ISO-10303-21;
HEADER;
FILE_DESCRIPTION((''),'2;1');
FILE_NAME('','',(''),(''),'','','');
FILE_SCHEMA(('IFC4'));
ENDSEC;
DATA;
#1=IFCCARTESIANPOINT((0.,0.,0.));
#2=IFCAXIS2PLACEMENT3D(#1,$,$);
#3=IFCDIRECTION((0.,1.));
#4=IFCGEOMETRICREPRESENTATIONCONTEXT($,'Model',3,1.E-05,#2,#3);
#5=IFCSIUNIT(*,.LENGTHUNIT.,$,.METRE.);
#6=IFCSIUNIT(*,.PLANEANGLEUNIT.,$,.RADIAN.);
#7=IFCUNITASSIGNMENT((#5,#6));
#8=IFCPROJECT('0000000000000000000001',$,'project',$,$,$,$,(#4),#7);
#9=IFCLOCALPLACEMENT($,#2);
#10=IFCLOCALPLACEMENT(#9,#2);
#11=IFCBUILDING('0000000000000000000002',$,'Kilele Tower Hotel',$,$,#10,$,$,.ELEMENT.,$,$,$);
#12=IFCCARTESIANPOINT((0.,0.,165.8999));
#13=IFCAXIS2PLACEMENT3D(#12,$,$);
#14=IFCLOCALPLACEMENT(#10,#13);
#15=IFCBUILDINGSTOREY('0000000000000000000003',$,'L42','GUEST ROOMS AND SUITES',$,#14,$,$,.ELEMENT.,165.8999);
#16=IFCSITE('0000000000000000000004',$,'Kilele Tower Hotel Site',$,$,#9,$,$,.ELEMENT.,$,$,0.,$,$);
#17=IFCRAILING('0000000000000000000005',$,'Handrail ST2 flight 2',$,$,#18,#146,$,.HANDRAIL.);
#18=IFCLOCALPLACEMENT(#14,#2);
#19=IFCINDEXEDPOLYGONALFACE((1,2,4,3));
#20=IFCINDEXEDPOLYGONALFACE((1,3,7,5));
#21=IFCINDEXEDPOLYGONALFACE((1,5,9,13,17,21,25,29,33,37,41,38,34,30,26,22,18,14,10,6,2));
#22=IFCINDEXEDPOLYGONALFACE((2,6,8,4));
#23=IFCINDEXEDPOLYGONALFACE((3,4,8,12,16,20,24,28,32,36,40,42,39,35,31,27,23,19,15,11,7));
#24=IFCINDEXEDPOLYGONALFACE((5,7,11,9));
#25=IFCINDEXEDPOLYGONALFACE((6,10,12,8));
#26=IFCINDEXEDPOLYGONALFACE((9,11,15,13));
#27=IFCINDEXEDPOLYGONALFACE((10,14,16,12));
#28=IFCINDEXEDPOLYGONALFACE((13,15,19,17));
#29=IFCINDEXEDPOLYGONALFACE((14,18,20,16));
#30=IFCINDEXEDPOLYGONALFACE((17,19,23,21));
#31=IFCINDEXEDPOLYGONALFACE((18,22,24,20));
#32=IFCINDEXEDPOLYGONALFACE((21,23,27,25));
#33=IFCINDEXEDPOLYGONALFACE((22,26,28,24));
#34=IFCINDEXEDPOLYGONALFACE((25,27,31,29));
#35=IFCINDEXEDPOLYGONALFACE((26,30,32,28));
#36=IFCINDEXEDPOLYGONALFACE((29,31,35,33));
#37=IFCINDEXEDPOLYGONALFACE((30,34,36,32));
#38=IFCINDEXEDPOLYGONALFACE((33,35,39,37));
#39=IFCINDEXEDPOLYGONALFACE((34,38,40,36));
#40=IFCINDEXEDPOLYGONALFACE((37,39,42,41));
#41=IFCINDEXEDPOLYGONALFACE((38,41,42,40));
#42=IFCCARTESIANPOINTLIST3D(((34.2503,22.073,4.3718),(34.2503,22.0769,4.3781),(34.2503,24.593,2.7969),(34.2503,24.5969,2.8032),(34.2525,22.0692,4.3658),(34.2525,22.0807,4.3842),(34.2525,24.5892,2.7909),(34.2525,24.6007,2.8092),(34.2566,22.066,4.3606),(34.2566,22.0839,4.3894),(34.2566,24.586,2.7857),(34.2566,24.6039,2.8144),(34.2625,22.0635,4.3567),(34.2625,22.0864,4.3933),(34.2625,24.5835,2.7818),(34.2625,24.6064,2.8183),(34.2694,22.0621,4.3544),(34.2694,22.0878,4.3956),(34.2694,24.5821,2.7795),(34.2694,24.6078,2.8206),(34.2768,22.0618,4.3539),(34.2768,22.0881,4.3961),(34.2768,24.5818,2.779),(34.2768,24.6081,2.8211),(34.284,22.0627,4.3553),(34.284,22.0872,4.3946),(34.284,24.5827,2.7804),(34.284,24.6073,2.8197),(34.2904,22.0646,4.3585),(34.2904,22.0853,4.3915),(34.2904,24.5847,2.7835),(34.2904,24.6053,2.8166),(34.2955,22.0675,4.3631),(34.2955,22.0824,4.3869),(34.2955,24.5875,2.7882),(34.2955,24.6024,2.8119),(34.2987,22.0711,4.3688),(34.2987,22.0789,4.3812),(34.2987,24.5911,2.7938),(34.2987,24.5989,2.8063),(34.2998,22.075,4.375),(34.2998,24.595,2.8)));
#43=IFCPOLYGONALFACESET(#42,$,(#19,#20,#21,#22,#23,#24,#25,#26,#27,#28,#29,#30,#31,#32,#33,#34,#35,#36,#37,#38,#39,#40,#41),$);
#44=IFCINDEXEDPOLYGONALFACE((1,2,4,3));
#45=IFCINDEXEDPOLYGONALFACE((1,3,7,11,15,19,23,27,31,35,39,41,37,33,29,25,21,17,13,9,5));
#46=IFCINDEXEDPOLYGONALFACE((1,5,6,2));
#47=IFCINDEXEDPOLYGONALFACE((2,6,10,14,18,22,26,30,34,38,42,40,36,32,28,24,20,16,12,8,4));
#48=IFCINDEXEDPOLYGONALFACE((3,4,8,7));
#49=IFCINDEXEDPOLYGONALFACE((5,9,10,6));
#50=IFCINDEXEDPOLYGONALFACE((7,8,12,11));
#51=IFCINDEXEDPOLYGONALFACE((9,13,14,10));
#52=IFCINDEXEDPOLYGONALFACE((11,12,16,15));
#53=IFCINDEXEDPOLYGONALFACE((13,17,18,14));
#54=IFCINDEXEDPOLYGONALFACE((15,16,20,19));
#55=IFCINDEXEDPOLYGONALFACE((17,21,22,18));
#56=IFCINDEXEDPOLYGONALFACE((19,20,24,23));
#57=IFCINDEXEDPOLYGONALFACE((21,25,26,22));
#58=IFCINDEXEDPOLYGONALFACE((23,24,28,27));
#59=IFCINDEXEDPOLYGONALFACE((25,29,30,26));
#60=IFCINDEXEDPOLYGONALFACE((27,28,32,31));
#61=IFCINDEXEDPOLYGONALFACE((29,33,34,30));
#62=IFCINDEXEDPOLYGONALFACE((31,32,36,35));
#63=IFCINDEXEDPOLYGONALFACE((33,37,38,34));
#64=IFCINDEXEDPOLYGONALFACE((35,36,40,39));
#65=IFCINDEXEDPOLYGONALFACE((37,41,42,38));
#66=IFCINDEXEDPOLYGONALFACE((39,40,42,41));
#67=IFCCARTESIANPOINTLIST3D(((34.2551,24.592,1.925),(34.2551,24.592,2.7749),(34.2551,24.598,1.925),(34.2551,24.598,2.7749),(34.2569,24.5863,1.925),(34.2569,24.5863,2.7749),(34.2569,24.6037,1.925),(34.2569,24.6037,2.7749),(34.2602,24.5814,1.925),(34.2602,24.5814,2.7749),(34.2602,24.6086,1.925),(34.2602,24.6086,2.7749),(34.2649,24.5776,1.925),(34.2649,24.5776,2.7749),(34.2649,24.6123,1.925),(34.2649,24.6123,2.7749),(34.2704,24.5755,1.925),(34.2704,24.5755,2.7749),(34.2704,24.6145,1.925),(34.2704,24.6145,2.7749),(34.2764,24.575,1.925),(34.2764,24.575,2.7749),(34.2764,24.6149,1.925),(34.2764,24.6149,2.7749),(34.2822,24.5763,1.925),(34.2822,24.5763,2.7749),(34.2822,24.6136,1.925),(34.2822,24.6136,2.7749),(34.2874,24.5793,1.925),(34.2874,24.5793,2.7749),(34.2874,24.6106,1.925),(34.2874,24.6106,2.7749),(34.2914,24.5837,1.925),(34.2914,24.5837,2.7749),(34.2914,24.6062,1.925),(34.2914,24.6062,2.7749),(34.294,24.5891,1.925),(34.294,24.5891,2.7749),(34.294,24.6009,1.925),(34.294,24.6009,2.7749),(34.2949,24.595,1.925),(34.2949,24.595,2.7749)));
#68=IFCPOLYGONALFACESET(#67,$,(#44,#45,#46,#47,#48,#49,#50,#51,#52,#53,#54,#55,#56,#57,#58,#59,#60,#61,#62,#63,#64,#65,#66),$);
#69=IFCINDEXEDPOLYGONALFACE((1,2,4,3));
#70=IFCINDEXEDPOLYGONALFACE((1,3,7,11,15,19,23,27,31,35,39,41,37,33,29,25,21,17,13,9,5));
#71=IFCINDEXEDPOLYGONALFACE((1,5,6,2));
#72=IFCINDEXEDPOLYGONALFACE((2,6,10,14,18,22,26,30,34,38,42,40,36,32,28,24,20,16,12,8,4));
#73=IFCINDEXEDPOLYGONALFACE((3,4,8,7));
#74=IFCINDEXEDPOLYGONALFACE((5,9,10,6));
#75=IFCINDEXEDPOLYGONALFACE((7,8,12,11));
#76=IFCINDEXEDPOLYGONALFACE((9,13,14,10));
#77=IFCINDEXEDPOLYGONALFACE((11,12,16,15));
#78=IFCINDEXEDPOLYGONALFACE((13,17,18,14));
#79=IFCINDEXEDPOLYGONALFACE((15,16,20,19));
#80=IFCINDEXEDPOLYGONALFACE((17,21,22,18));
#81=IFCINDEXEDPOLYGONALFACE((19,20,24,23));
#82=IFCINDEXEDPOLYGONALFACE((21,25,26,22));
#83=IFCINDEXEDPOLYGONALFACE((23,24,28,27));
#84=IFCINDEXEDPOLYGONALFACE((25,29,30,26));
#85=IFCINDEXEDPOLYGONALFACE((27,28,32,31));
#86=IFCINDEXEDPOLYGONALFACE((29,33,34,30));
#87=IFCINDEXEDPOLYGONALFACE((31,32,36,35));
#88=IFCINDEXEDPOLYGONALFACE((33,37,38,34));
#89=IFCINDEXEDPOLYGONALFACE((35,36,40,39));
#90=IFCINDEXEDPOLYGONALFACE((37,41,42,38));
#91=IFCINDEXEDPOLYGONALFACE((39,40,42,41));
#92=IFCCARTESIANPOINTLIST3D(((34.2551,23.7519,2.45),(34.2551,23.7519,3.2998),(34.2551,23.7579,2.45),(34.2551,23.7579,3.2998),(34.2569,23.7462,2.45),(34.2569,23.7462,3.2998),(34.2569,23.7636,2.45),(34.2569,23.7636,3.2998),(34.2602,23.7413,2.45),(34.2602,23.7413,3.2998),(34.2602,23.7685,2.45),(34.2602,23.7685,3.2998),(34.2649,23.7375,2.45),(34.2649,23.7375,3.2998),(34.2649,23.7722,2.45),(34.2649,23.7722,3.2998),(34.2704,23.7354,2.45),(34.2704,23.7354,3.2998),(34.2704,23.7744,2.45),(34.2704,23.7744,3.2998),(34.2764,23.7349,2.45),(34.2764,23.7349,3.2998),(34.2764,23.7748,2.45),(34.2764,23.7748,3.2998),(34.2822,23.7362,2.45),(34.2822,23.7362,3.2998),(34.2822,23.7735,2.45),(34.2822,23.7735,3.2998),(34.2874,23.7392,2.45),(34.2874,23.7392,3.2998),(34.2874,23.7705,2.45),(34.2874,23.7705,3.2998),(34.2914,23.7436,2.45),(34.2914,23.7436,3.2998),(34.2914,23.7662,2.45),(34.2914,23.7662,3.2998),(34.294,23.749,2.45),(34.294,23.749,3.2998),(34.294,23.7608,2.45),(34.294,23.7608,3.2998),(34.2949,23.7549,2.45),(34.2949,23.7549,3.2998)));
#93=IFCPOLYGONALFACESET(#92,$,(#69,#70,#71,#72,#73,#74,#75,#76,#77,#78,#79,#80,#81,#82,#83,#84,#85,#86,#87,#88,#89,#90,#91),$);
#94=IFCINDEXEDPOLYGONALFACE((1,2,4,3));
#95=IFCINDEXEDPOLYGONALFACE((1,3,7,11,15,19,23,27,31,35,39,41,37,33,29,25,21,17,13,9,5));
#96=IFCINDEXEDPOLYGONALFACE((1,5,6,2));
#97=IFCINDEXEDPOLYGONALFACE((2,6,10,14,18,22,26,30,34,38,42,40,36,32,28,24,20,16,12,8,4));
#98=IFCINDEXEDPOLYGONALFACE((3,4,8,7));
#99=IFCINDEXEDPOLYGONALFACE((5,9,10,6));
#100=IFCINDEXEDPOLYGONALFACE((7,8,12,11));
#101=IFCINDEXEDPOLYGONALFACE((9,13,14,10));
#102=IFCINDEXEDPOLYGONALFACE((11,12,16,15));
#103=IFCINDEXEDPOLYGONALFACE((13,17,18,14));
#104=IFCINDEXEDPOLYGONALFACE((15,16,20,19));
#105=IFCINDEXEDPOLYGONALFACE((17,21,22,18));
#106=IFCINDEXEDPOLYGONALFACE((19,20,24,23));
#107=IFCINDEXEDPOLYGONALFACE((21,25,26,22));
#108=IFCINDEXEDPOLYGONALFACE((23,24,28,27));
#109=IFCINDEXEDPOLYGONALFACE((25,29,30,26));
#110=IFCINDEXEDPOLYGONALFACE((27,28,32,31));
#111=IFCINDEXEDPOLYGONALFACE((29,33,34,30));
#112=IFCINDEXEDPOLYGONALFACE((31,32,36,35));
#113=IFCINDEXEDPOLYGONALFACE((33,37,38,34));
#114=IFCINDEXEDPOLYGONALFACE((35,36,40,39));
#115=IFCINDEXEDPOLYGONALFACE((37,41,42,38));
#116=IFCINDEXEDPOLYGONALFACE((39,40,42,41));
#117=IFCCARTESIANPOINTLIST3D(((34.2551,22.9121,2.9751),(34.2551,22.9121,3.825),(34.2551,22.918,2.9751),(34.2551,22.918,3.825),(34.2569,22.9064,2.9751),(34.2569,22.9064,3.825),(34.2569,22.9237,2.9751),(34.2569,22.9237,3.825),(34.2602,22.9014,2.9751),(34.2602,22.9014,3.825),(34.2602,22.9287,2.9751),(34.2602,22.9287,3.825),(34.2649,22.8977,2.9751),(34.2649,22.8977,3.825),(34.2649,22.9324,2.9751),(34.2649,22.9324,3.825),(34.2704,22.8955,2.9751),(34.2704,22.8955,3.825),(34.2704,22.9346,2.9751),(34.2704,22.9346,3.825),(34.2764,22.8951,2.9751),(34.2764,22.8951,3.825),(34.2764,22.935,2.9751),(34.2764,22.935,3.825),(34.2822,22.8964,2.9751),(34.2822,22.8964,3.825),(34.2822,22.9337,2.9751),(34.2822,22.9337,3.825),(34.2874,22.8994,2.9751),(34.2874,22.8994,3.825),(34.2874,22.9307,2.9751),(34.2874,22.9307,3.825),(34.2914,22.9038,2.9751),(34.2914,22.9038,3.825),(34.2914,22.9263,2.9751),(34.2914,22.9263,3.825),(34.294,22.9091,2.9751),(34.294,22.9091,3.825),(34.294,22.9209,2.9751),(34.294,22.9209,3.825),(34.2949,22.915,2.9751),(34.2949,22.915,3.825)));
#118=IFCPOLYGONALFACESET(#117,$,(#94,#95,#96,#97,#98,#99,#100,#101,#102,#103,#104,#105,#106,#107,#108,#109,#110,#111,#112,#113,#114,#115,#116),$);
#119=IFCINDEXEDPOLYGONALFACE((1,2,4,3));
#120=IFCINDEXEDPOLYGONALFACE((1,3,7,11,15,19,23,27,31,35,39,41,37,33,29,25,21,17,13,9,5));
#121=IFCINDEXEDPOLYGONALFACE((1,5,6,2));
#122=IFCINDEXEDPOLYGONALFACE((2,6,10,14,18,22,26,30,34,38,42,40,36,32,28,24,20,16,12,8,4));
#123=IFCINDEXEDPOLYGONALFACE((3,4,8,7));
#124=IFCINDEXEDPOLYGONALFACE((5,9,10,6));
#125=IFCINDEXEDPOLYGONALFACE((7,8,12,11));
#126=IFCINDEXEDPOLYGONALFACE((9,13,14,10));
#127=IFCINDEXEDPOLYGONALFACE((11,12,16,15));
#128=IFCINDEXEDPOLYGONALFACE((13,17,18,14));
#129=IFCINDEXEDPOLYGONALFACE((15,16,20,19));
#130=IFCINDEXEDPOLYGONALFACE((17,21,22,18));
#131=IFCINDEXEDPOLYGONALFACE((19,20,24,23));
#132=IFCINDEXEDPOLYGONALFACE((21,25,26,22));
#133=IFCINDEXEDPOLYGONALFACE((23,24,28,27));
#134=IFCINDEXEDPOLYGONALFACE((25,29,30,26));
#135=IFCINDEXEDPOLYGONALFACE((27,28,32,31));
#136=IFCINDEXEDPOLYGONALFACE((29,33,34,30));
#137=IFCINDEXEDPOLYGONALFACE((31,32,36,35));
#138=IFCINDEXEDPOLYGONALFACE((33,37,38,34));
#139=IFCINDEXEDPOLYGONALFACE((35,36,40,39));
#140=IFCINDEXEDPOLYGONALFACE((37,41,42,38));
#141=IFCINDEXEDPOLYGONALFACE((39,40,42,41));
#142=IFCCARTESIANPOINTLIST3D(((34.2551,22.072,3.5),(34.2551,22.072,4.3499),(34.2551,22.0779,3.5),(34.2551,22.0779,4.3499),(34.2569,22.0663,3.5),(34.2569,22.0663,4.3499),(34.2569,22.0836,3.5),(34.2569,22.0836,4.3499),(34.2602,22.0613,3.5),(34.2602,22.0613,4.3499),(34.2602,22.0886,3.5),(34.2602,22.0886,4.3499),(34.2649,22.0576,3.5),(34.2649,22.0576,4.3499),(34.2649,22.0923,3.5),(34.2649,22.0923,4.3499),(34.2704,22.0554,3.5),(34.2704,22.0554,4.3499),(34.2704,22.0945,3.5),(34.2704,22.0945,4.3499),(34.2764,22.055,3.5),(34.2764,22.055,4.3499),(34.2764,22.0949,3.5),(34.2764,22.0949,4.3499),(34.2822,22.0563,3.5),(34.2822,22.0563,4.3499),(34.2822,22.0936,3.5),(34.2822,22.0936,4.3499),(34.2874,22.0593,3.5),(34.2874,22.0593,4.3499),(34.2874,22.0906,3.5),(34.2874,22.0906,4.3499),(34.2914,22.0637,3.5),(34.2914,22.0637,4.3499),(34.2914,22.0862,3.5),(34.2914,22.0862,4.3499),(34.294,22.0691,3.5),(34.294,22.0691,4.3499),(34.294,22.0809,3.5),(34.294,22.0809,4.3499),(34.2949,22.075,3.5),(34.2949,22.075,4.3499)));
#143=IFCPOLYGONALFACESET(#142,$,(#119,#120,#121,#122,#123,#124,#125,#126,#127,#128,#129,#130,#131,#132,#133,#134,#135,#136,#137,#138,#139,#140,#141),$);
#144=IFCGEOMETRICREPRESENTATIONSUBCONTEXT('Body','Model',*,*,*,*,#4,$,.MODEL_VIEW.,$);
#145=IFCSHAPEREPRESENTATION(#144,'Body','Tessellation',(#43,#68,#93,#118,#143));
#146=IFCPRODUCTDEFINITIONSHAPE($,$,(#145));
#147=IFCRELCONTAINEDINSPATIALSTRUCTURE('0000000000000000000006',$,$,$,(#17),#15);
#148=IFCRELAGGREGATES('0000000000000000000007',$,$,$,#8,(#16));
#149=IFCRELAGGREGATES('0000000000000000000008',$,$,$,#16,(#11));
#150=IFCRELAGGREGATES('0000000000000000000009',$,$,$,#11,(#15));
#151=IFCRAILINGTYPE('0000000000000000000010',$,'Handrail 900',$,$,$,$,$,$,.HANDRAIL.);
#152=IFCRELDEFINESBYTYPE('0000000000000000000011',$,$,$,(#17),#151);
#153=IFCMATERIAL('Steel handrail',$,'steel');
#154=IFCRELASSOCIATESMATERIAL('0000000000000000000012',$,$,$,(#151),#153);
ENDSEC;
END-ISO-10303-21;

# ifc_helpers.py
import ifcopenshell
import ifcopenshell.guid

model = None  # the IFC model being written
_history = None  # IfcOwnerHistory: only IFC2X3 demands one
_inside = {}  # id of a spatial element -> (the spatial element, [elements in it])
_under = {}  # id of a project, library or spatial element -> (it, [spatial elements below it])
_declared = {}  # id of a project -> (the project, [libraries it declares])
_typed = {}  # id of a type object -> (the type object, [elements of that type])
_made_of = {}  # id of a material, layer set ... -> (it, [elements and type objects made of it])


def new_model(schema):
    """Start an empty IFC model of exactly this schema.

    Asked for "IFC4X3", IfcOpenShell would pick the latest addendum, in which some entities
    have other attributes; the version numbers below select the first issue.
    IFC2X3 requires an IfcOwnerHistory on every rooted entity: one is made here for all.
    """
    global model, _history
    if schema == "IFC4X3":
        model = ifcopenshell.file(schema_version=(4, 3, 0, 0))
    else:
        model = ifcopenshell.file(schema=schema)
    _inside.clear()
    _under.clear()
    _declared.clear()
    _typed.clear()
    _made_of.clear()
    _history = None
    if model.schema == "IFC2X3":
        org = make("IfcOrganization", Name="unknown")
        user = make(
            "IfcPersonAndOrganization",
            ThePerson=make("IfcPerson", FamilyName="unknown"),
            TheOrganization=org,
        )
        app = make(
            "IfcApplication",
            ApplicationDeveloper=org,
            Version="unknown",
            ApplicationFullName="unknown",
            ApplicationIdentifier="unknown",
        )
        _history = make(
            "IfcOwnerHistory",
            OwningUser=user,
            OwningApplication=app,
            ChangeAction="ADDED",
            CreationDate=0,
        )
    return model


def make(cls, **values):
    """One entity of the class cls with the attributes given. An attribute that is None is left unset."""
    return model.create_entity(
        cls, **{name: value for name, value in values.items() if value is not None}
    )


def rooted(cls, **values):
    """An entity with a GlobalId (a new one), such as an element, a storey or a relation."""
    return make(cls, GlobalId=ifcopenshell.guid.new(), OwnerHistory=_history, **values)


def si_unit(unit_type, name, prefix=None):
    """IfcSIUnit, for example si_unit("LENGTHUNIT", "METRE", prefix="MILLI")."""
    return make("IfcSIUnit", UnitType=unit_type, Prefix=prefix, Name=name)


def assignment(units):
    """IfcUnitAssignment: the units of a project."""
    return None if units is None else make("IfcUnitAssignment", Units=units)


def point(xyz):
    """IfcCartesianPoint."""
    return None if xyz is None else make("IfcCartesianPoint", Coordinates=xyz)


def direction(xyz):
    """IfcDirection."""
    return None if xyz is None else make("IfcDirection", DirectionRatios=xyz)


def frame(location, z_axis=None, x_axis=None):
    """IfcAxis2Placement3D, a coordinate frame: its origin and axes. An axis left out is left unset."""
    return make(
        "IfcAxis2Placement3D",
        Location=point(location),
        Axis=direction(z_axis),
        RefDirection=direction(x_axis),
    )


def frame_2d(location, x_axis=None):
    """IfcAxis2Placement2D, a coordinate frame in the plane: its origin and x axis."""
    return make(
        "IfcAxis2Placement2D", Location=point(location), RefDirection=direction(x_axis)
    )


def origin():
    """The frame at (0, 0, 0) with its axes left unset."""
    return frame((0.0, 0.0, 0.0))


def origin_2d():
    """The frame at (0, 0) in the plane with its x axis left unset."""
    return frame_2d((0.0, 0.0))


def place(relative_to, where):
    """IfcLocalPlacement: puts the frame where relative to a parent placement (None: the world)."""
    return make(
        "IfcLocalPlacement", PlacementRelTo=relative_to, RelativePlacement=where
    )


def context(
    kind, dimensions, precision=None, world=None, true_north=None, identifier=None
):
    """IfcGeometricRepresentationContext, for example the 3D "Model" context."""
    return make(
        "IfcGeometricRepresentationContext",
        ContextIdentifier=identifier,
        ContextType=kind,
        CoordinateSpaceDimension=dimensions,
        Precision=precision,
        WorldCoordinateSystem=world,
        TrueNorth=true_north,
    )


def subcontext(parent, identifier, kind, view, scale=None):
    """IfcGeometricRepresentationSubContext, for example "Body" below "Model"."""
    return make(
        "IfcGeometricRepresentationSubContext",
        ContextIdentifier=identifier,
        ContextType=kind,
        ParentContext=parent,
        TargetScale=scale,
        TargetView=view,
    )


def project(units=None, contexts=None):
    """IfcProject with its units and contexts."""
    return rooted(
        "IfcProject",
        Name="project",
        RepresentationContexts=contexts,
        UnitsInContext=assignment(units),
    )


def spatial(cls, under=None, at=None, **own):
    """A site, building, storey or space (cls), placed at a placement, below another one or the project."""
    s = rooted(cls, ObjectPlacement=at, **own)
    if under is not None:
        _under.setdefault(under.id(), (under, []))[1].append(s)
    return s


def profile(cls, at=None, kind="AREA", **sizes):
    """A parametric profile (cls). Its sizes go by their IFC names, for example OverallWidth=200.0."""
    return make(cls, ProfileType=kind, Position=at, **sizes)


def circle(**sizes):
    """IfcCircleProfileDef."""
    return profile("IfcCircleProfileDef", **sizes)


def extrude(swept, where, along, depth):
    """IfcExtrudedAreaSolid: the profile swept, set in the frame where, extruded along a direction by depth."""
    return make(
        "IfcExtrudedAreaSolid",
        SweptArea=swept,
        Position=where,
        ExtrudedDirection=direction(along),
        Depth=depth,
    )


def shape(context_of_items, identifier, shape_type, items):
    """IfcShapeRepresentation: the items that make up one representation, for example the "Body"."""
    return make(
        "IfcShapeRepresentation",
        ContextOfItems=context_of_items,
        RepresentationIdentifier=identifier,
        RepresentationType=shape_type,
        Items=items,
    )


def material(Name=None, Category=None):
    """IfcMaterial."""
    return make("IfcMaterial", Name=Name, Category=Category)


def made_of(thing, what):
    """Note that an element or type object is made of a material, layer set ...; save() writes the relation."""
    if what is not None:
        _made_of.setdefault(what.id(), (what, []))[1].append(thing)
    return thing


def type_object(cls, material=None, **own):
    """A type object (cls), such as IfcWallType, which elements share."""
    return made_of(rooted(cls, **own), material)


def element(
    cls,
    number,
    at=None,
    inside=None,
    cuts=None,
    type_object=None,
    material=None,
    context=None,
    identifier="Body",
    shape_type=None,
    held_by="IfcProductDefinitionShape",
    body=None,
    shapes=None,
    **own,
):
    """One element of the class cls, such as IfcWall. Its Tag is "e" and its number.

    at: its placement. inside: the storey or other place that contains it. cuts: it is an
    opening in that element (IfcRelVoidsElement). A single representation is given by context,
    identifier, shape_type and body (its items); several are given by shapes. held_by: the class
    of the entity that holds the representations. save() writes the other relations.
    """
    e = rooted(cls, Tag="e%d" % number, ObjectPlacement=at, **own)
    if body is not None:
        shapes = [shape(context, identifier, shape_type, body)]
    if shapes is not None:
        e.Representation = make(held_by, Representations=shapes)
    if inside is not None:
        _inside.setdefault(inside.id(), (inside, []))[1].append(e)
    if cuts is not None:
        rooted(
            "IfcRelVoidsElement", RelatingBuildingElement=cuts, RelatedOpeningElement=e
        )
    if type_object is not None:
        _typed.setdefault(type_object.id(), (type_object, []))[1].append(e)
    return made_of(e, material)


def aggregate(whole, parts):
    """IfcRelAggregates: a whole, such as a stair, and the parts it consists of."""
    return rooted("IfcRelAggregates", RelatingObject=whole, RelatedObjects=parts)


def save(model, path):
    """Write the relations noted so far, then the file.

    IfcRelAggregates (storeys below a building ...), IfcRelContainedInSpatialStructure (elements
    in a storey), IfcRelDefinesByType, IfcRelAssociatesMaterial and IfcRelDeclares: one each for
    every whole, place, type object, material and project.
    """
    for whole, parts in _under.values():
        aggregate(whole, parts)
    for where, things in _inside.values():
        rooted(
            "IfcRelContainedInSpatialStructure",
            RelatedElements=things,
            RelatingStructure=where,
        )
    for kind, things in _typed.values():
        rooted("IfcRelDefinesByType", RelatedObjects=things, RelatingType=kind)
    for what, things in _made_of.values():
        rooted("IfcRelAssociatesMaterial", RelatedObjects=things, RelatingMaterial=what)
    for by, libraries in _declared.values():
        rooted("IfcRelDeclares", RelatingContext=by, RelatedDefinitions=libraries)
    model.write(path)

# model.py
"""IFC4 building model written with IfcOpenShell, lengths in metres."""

from ifc_helpers import new_model, si_unit, direction, frame, origin, origin_2d, place, context, subcontext, project, spatial, circle, extrude, material, type_object, element, save


model = new_model("IFC4")

# Units and contexts
model_context = context("Model", 3, precision=1e-05, world=origin(), true_north=direction((0.0, 1.0)))
body_context = subcontext(model_context, "Body", "Model", "MODEL_VIEW")
ifc_project = project(units=[si_unit("LENGTHUNIT", "METRE"), si_unit("PLANEANGLEUNIT", "RADIAN")], contexts=[model_context])

# Site, building, storey
site_placement = place(None, origin())
site = spatial("IfcSite", under=ifc_project, at=site_placement, Name="Kilele Tower Hotel Site", CompositionType="ELEMENT", RefElevation=0.0)
building_placement = place(site_placement, origin())
building = spatial("IfcBuilding", under=site, at=building_placement, Name="Kilele Tower Hotel", CompositionType="ELEMENT")
storey_placement = place(building_placement, frame((0.0, 0.0, 165.8999)))
storey = spatial("IfcBuildingStorey", under=building, at=storey_placement, Name="L42", Description="GUEST ROOMS AND SUITES", CompositionType="ELEMENT", Elevation=165.8999)

# Railing
ifc_material_1 = material(Name="Steel handrail", Category="steel")
railing_type_1 = type_object("IfcRailingType", Name="Handrail 900", PredefinedType="HANDRAIL", material=ifc_material_1)
railing_1_placement = place(storey_placement, frame((34.2749, 24.595, 1.925)))
element("IfcRailing", 1, at=railing_1_placement, inside=storey, type_object=railing_type_1, Name="Handrail ST2 flight 2", PredefinedType="HANDRAIL", context=body_context, shape_type="SweptSolid", body=[
    extrude(circle(Radius=0.0249, at=origin_2d()), frame((0.0, 0.0, 0.875), z_axis=(0.0, -0.848008, 0.529984), x_axis=(1.0, 0.0, 0.0)), (0.0, 0.0, 1.0), 2.9717),
    extrude(circle(Radius=0.02, at=origin_2d()), origin(), (0.0, 0.0, 1.0), 0.8499),
    extrude(circle(Radius=0.02, at=origin_2d()), frame((0.0, -0.8401, 0.5249)), (0.0, 0.0, 1.0), 0.8499),
    extrude(circle(Radius=0.02, at=origin_2d()), frame((0.0, -1.6799, 1.05)), (0.0, 0.0, 1.0), 0.8499),
    extrude(circle(Radius=0.02, at=origin_2d()), frame((0.0, -2.52, 1.575)), (0.0, 0.0, 1.0), 0.8499),
])

save(model, "model.ifc")
